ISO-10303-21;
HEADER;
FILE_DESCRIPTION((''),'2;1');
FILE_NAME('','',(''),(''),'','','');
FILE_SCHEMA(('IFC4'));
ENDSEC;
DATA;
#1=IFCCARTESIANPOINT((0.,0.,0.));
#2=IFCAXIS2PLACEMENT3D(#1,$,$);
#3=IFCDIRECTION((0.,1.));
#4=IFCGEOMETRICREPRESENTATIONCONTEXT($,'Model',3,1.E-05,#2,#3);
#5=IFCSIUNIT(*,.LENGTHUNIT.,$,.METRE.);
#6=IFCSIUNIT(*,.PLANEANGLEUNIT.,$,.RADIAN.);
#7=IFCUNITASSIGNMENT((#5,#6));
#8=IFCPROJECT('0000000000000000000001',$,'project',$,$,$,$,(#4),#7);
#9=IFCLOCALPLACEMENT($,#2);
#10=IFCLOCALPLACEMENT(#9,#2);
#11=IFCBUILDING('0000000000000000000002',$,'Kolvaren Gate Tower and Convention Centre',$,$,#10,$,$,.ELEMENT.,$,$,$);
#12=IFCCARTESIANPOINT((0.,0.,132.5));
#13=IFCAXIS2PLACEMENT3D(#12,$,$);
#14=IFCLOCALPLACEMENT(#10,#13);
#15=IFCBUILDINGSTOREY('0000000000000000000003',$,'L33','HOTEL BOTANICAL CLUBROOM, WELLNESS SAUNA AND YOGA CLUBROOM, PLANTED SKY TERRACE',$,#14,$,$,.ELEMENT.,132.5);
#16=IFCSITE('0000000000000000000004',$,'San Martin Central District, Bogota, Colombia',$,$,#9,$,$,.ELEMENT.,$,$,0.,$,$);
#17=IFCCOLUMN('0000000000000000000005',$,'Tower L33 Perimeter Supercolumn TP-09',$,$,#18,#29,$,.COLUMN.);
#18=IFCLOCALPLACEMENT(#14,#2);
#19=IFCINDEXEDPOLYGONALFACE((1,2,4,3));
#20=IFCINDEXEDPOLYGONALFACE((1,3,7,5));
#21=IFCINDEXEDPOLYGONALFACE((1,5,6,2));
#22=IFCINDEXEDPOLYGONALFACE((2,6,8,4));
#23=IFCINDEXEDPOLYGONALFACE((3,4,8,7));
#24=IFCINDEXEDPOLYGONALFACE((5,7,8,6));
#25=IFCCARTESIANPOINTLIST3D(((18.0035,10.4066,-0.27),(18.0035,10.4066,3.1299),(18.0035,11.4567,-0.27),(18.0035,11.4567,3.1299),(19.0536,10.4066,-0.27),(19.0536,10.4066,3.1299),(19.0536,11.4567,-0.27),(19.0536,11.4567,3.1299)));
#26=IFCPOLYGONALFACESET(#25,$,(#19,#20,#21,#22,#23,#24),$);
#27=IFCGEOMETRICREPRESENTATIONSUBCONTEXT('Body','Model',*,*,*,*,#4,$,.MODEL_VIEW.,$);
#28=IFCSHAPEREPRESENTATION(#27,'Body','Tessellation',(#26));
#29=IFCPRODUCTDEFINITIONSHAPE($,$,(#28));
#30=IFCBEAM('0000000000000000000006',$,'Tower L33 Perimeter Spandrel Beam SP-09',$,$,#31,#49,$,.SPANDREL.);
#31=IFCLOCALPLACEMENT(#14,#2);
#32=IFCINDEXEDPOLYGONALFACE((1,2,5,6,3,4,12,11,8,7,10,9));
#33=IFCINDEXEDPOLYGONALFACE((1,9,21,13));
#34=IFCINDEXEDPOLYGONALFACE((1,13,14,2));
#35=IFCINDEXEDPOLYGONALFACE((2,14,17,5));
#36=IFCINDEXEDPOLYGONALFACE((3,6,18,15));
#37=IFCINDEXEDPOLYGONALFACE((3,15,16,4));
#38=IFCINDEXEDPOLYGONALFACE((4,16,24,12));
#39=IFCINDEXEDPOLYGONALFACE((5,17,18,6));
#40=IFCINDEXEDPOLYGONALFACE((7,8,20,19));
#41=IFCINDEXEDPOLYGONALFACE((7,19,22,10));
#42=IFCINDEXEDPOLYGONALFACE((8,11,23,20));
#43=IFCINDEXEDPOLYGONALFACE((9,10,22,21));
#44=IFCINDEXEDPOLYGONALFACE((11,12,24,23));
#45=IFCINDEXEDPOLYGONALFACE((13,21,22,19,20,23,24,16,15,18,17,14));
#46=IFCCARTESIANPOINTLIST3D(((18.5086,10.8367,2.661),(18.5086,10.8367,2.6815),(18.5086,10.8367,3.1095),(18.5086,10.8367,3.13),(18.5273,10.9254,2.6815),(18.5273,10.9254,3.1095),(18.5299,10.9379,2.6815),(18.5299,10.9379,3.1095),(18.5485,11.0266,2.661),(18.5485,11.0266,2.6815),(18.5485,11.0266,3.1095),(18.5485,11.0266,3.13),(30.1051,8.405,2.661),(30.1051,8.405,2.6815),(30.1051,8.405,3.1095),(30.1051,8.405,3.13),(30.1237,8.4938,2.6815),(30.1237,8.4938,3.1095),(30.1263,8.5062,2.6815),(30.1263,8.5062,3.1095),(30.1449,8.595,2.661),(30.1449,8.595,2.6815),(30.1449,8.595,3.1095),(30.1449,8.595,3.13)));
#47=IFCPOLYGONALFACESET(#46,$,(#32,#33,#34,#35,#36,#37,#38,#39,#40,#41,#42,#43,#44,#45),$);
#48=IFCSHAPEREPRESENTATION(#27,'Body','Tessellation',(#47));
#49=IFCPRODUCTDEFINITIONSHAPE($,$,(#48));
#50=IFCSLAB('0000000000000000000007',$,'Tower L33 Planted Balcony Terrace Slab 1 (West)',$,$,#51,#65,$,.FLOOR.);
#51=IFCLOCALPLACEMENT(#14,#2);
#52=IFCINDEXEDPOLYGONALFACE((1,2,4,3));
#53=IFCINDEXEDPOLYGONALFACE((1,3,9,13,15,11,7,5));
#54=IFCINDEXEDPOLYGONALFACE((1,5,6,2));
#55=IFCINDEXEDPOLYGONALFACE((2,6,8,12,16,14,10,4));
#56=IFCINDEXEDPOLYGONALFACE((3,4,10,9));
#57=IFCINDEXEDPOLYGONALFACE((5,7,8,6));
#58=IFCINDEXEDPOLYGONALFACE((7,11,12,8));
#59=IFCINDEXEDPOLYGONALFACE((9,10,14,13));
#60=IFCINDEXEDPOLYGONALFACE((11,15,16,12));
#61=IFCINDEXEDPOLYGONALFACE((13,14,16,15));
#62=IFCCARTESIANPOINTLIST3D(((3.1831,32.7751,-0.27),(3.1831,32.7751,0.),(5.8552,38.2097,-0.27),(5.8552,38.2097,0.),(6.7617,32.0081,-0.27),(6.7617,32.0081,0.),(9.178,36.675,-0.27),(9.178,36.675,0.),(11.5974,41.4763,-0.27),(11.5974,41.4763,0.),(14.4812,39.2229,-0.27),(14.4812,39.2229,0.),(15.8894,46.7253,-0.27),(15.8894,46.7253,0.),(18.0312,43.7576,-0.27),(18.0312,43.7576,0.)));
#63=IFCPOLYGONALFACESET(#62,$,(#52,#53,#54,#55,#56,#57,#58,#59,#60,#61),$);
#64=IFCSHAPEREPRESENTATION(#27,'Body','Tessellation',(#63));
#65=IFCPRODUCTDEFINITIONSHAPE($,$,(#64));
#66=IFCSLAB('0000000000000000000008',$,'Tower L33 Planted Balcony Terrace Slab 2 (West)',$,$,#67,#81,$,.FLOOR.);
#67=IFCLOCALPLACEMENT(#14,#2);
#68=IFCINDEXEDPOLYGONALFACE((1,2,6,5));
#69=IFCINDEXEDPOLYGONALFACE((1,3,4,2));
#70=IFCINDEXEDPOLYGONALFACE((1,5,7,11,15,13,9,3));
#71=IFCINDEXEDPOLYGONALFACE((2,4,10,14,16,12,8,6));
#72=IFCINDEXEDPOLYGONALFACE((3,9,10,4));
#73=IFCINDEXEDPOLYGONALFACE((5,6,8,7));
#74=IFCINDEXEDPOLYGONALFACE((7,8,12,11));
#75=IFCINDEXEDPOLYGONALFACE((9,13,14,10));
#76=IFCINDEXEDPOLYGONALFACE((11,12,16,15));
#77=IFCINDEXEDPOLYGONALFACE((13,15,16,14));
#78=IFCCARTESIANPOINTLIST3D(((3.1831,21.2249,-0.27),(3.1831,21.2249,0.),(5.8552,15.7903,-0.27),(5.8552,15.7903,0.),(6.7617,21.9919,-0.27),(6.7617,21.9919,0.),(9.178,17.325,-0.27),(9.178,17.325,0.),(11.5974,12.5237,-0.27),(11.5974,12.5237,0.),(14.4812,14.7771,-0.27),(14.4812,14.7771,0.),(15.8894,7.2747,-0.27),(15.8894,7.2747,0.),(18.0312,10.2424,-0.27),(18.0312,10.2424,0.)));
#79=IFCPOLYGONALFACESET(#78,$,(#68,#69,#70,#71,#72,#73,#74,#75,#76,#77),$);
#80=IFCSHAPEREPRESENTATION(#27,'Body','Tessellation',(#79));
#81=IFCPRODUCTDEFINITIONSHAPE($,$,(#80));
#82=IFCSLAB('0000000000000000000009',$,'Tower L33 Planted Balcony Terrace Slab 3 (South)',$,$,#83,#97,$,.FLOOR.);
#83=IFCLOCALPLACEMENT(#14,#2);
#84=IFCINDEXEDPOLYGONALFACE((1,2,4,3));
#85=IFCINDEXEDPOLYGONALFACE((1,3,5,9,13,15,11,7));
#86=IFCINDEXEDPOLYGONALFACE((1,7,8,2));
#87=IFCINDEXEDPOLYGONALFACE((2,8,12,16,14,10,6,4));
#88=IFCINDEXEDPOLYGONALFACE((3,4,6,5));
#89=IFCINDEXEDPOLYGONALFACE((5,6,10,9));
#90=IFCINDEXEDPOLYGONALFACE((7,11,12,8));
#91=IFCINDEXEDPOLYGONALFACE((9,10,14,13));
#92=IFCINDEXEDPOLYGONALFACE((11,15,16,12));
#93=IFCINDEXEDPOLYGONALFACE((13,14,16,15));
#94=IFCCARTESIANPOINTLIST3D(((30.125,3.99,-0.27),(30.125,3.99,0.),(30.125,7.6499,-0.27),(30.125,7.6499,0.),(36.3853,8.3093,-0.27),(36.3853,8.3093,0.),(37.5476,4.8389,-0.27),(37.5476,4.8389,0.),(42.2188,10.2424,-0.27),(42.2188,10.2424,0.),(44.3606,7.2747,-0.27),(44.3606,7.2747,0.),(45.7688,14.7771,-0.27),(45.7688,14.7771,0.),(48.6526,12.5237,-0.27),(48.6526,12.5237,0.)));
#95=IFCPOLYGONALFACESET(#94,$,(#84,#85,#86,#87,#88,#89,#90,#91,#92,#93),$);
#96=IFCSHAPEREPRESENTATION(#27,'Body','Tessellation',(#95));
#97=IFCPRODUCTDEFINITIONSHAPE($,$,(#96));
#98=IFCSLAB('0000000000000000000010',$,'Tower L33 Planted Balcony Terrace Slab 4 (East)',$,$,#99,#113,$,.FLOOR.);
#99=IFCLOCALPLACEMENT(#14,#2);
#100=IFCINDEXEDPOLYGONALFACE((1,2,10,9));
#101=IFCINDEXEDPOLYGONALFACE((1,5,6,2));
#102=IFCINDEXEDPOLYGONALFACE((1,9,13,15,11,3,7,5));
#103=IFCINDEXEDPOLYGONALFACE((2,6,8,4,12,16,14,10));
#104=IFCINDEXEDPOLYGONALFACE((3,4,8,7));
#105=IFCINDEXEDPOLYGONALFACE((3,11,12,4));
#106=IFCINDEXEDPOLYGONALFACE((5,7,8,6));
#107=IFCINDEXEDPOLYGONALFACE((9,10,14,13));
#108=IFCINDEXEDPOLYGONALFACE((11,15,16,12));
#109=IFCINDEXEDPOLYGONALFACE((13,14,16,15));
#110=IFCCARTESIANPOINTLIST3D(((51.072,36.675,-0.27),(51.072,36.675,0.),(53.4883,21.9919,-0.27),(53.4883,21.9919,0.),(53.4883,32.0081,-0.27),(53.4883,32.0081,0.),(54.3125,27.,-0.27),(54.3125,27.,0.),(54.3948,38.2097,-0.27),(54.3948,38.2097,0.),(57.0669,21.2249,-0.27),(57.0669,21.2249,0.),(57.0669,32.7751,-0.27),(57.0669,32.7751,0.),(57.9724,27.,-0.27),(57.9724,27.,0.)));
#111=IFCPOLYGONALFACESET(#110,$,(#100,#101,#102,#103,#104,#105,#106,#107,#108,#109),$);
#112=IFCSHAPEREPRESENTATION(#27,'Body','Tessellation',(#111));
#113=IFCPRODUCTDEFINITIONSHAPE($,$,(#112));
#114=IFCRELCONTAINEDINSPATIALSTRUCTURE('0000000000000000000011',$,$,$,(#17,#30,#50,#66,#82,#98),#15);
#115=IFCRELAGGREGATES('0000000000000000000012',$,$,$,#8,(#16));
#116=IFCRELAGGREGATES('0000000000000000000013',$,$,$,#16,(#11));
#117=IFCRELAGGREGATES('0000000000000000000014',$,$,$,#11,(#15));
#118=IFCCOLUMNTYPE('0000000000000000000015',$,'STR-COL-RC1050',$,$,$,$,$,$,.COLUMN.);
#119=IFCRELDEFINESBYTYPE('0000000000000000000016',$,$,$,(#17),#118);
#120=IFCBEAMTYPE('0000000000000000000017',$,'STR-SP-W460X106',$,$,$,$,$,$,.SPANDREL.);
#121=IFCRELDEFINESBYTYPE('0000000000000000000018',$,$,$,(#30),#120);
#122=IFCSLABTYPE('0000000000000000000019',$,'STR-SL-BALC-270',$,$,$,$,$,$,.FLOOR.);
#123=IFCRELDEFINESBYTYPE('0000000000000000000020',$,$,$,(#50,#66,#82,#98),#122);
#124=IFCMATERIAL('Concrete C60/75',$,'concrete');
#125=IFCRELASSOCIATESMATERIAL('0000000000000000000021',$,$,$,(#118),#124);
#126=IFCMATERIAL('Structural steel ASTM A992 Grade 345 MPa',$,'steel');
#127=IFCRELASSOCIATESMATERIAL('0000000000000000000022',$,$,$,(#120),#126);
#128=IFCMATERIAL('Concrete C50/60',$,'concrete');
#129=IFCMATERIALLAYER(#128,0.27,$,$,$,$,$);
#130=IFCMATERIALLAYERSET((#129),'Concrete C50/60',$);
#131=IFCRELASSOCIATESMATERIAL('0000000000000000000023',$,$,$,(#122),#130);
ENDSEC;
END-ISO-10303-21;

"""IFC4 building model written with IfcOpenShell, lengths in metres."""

from ifc_helpers import new_model, si_unit, direction, frame, origin, origin_2d, place, context, subcontext, project, spatial, polyline, rectangle, i_section, outline, extrude, material, layer, layer_set, material_profile, profile_set, type_object, element, save


model = new_model("IFC4")

# Units and contexts
model_context = context("Model", 3, precision=1e-05, world=origin(), true_north=direction((0.0, 1.0)))
body_context = subcontext(model_context, "Body", "Model", "MODEL_VIEW")
ifc_project = project(units=[si_unit("LENGTHUNIT", "METRE"), si_unit("PLANEANGLEUNIT", "RADIAN")], contexts=[model_context])

# Site, building, storey
site_placement = place(None, origin())
site = spatial("IfcSite", under=ifc_project, at=site_placement, Name="San Martin Central District, Bogota, Colombia", CompositionType="ELEMENT", RefElevation=0.0)
building_placement = place(site_placement, origin())
building = spatial("IfcBuilding", under=site, at=building_placement, Name="Kolvaren Gate Tower and Convention Centre", CompositionType="ELEMENT")
storey_placement = place(building_placement, frame((0.0, 0.0, 132.5)))
storey = spatial("IfcBuildingStorey", under=building, at=storey_placement, Name="L33", Description="HOTEL BOTANICAL CLUBROOM, WELLNESS SAUNA AND YOGA CLUBROOM, PLANTED SKY TERRACE", CompositionType="ELEMENT", Elevation=132.5)

# Column
ifc_material_1 = material(Name="Concrete C60/75", Category="concrete")
ifc_material_profile_1 = material_profile(ifc_material_1, rectangle(XDim=1.05, YDim=1.05, at=origin_2d()), Name="RC-COL-1050X1050")
ifc_profile_set_1 = profile_set([ifc_material_profile_1], Name="Concrete C60/75")
column_type = type_object("IfcColumnType", Name="STR-COL-RC1050", PredefinedType="COLUMN", material=ifc_profile_set_1)
column_placement = place(storey_placement, frame((18.5286, 10.9316, -0.27), z_axis=(0.0, 0.0, 1.0), x_axis=(1.0, 0.0, 0.0)))
element("IfcColumn", 1, at=column_placement, inside=storey, type_object=column_type, Name="Tower L33 Perimeter Supercolumn TP-09", PredefinedType="COLUMN", context=body_context, shape_type="SweptSolid", body=[
    extrude(rectangle(XDim=1.05, YDim=1.05, at=origin_2d()), origin(), (0.0, 0.0, 1.0), 3.3999),
])

# Beam
ifc_material_2 = material(Name="Structural steel ASTM A992 Grade 345 MPa", Category="steel")
ifc_material_profile_2 = material_profile(ifc_material_2, i_section(OverallWidth=0.1941, OverallDepth=0.469, WebThickness=0.0127, FlangeThickness=0.0205, at=origin_2d()), Name="W460X106")
ifc_profile_set_2 = profile_set([ifc_material_profile_2], Name="Structural steel ASTM A992 Grade 345 MPa")
beam_type = type_object("IfcBeamType", Name="STR-SP-W460X106", PredefinedType="SPANDREL", material=ifc_profile_set_2)
beam_placement = place(storey_placement, frame((18.5286, 10.9316, 2.8955), z_axis=(0.978715, -0.205225, 0.0), x_axis=(0.205225, 0.978715, 0.0)))
element("IfcBeam", 2, at=beam_placement, inside=storey, type_object=beam_type, Name="Tower L33 Perimeter Spandrel Beam SP-09", PredefinedType="SPANDREL", context=body_context, shape_type="SweptSolid", body=[
    extrude(i_section(OverallWidth=0.1941, OverallDepth=0.469, WebThickness=0.0127, FlangeThickness=0.0205, at=origin_2d()), origin(), (0.0, 0.0, 1.0), 11.8486),
])

# Slabs
ifc_material_3 = material(Name="Concrete C50/60", Category="concrete")
ifc_layer_1 = layer(ifc_material_3, 0.27)
ifc_layer_set_1 = layer_set([ifc_layer_1], Name="Concrete C50/60")
slab_type_1 = type_object("IfcSlabType", Name="STR-SL-BALC-270", PredefinedType="FLOOR", material=ifc_layer_set_1)
slab_1_placement = place(storey_placement, frame((0.0, 0.0, -0.27)))
element("IfcSlab", 3, at=slab_1_placement, inside=storey, type_object=slab_type_1, Name="Tower L33 Planted Balcony Terrace Slab 1 (West)", PredefinedType="FLOOR", context=body_context, shape_type="SweptSolid", body=[
    extrude(outline(polyline([(18.0312, 43.7576), (14.4812, 39.2229), (9.178, 36.675), (6.7617, 32.0081), (3.1831, 32.7751), (5.8552, 38.2097), (11.5974, 41.4763), (15.8894, 46.7253), (18.0312, 43.7576)])), origin(), (0.0, 0.0, 1.0), 0.27),
])
slab_2_placement = place(storey_placement, frame((0.0, 0.0, -0.27)))
element("IfcSlab", 4, at=slab_2_placement, inside=storey, type_object=slab_type_1, Name="Tower L33 Planted Balcony Terrace Slab 2 (West)", PredefinedType="FLOOR", context=body_context, shape_type="SweptSolid", body=[
    extrude(outline(polyline([(6.7617, 21.9919), (9.178, 17.325), (14.4812, 14.7771), (18.0312, 10.2424), (15.8894, 7.2747), (11.5974, 12.5237), (5.8552, 15.7903), (3.1831, 21.2249), (6.7617, 21.9919)])), origin(), (0.0, 0.0, 1.0), 0.27),
])
slab_3_placement = place(storey_placement, frame((0.0, 0.0, -0.27)))
element("IfcSlab", 5, at=slab_3_placement, inside=storey, type_object=slab_type_1, Name="Tower L33 Planted Balcony Terrace Slab 3 (South)", PredefinedType="FLOOR", context=body_context, shape_type="SweptSolid", body=[
    extrude(outline(polyline([(30.125, 7.6499), (36.3853, 8.3093), (42.2188, 10.2424), (45.7688, 14.7771), (48.6526, 12.5237), (44.3606, 7.2747), (37.5476, 4.8389), (30.125, 3.99), (30.125, 7.6499)])), origin(), (0.0, 0.0, 1.0), 0.27),
])
slab_4_placement = place(storey_placement, frame((0.0, 0.0, -0.27)))
element("IfcSlab", 6, at=slab_4_placement, inside=storey, type_object=slab_type_1, Name="Tower L33 Planted Balcony Terrace Slab 4 (East)", PredefinedType="FLOOR", context=body_context, shape_type="SweptSolid", body=[
    extrude(outline(polyline([(53.4883, 21.9919), (54.3125, 27.0), (53.4883, 32.0081), (51.072, 36.675), (54.3948, 38.2097), (57.0669, 32.7751), (57.9724, 27.0), (57.0669, 21.2249), (53.4883, 21.9919)])), origin(), (0.0, 0.0, 1.0), 0.27),
])

save(model, "model.ifc")
